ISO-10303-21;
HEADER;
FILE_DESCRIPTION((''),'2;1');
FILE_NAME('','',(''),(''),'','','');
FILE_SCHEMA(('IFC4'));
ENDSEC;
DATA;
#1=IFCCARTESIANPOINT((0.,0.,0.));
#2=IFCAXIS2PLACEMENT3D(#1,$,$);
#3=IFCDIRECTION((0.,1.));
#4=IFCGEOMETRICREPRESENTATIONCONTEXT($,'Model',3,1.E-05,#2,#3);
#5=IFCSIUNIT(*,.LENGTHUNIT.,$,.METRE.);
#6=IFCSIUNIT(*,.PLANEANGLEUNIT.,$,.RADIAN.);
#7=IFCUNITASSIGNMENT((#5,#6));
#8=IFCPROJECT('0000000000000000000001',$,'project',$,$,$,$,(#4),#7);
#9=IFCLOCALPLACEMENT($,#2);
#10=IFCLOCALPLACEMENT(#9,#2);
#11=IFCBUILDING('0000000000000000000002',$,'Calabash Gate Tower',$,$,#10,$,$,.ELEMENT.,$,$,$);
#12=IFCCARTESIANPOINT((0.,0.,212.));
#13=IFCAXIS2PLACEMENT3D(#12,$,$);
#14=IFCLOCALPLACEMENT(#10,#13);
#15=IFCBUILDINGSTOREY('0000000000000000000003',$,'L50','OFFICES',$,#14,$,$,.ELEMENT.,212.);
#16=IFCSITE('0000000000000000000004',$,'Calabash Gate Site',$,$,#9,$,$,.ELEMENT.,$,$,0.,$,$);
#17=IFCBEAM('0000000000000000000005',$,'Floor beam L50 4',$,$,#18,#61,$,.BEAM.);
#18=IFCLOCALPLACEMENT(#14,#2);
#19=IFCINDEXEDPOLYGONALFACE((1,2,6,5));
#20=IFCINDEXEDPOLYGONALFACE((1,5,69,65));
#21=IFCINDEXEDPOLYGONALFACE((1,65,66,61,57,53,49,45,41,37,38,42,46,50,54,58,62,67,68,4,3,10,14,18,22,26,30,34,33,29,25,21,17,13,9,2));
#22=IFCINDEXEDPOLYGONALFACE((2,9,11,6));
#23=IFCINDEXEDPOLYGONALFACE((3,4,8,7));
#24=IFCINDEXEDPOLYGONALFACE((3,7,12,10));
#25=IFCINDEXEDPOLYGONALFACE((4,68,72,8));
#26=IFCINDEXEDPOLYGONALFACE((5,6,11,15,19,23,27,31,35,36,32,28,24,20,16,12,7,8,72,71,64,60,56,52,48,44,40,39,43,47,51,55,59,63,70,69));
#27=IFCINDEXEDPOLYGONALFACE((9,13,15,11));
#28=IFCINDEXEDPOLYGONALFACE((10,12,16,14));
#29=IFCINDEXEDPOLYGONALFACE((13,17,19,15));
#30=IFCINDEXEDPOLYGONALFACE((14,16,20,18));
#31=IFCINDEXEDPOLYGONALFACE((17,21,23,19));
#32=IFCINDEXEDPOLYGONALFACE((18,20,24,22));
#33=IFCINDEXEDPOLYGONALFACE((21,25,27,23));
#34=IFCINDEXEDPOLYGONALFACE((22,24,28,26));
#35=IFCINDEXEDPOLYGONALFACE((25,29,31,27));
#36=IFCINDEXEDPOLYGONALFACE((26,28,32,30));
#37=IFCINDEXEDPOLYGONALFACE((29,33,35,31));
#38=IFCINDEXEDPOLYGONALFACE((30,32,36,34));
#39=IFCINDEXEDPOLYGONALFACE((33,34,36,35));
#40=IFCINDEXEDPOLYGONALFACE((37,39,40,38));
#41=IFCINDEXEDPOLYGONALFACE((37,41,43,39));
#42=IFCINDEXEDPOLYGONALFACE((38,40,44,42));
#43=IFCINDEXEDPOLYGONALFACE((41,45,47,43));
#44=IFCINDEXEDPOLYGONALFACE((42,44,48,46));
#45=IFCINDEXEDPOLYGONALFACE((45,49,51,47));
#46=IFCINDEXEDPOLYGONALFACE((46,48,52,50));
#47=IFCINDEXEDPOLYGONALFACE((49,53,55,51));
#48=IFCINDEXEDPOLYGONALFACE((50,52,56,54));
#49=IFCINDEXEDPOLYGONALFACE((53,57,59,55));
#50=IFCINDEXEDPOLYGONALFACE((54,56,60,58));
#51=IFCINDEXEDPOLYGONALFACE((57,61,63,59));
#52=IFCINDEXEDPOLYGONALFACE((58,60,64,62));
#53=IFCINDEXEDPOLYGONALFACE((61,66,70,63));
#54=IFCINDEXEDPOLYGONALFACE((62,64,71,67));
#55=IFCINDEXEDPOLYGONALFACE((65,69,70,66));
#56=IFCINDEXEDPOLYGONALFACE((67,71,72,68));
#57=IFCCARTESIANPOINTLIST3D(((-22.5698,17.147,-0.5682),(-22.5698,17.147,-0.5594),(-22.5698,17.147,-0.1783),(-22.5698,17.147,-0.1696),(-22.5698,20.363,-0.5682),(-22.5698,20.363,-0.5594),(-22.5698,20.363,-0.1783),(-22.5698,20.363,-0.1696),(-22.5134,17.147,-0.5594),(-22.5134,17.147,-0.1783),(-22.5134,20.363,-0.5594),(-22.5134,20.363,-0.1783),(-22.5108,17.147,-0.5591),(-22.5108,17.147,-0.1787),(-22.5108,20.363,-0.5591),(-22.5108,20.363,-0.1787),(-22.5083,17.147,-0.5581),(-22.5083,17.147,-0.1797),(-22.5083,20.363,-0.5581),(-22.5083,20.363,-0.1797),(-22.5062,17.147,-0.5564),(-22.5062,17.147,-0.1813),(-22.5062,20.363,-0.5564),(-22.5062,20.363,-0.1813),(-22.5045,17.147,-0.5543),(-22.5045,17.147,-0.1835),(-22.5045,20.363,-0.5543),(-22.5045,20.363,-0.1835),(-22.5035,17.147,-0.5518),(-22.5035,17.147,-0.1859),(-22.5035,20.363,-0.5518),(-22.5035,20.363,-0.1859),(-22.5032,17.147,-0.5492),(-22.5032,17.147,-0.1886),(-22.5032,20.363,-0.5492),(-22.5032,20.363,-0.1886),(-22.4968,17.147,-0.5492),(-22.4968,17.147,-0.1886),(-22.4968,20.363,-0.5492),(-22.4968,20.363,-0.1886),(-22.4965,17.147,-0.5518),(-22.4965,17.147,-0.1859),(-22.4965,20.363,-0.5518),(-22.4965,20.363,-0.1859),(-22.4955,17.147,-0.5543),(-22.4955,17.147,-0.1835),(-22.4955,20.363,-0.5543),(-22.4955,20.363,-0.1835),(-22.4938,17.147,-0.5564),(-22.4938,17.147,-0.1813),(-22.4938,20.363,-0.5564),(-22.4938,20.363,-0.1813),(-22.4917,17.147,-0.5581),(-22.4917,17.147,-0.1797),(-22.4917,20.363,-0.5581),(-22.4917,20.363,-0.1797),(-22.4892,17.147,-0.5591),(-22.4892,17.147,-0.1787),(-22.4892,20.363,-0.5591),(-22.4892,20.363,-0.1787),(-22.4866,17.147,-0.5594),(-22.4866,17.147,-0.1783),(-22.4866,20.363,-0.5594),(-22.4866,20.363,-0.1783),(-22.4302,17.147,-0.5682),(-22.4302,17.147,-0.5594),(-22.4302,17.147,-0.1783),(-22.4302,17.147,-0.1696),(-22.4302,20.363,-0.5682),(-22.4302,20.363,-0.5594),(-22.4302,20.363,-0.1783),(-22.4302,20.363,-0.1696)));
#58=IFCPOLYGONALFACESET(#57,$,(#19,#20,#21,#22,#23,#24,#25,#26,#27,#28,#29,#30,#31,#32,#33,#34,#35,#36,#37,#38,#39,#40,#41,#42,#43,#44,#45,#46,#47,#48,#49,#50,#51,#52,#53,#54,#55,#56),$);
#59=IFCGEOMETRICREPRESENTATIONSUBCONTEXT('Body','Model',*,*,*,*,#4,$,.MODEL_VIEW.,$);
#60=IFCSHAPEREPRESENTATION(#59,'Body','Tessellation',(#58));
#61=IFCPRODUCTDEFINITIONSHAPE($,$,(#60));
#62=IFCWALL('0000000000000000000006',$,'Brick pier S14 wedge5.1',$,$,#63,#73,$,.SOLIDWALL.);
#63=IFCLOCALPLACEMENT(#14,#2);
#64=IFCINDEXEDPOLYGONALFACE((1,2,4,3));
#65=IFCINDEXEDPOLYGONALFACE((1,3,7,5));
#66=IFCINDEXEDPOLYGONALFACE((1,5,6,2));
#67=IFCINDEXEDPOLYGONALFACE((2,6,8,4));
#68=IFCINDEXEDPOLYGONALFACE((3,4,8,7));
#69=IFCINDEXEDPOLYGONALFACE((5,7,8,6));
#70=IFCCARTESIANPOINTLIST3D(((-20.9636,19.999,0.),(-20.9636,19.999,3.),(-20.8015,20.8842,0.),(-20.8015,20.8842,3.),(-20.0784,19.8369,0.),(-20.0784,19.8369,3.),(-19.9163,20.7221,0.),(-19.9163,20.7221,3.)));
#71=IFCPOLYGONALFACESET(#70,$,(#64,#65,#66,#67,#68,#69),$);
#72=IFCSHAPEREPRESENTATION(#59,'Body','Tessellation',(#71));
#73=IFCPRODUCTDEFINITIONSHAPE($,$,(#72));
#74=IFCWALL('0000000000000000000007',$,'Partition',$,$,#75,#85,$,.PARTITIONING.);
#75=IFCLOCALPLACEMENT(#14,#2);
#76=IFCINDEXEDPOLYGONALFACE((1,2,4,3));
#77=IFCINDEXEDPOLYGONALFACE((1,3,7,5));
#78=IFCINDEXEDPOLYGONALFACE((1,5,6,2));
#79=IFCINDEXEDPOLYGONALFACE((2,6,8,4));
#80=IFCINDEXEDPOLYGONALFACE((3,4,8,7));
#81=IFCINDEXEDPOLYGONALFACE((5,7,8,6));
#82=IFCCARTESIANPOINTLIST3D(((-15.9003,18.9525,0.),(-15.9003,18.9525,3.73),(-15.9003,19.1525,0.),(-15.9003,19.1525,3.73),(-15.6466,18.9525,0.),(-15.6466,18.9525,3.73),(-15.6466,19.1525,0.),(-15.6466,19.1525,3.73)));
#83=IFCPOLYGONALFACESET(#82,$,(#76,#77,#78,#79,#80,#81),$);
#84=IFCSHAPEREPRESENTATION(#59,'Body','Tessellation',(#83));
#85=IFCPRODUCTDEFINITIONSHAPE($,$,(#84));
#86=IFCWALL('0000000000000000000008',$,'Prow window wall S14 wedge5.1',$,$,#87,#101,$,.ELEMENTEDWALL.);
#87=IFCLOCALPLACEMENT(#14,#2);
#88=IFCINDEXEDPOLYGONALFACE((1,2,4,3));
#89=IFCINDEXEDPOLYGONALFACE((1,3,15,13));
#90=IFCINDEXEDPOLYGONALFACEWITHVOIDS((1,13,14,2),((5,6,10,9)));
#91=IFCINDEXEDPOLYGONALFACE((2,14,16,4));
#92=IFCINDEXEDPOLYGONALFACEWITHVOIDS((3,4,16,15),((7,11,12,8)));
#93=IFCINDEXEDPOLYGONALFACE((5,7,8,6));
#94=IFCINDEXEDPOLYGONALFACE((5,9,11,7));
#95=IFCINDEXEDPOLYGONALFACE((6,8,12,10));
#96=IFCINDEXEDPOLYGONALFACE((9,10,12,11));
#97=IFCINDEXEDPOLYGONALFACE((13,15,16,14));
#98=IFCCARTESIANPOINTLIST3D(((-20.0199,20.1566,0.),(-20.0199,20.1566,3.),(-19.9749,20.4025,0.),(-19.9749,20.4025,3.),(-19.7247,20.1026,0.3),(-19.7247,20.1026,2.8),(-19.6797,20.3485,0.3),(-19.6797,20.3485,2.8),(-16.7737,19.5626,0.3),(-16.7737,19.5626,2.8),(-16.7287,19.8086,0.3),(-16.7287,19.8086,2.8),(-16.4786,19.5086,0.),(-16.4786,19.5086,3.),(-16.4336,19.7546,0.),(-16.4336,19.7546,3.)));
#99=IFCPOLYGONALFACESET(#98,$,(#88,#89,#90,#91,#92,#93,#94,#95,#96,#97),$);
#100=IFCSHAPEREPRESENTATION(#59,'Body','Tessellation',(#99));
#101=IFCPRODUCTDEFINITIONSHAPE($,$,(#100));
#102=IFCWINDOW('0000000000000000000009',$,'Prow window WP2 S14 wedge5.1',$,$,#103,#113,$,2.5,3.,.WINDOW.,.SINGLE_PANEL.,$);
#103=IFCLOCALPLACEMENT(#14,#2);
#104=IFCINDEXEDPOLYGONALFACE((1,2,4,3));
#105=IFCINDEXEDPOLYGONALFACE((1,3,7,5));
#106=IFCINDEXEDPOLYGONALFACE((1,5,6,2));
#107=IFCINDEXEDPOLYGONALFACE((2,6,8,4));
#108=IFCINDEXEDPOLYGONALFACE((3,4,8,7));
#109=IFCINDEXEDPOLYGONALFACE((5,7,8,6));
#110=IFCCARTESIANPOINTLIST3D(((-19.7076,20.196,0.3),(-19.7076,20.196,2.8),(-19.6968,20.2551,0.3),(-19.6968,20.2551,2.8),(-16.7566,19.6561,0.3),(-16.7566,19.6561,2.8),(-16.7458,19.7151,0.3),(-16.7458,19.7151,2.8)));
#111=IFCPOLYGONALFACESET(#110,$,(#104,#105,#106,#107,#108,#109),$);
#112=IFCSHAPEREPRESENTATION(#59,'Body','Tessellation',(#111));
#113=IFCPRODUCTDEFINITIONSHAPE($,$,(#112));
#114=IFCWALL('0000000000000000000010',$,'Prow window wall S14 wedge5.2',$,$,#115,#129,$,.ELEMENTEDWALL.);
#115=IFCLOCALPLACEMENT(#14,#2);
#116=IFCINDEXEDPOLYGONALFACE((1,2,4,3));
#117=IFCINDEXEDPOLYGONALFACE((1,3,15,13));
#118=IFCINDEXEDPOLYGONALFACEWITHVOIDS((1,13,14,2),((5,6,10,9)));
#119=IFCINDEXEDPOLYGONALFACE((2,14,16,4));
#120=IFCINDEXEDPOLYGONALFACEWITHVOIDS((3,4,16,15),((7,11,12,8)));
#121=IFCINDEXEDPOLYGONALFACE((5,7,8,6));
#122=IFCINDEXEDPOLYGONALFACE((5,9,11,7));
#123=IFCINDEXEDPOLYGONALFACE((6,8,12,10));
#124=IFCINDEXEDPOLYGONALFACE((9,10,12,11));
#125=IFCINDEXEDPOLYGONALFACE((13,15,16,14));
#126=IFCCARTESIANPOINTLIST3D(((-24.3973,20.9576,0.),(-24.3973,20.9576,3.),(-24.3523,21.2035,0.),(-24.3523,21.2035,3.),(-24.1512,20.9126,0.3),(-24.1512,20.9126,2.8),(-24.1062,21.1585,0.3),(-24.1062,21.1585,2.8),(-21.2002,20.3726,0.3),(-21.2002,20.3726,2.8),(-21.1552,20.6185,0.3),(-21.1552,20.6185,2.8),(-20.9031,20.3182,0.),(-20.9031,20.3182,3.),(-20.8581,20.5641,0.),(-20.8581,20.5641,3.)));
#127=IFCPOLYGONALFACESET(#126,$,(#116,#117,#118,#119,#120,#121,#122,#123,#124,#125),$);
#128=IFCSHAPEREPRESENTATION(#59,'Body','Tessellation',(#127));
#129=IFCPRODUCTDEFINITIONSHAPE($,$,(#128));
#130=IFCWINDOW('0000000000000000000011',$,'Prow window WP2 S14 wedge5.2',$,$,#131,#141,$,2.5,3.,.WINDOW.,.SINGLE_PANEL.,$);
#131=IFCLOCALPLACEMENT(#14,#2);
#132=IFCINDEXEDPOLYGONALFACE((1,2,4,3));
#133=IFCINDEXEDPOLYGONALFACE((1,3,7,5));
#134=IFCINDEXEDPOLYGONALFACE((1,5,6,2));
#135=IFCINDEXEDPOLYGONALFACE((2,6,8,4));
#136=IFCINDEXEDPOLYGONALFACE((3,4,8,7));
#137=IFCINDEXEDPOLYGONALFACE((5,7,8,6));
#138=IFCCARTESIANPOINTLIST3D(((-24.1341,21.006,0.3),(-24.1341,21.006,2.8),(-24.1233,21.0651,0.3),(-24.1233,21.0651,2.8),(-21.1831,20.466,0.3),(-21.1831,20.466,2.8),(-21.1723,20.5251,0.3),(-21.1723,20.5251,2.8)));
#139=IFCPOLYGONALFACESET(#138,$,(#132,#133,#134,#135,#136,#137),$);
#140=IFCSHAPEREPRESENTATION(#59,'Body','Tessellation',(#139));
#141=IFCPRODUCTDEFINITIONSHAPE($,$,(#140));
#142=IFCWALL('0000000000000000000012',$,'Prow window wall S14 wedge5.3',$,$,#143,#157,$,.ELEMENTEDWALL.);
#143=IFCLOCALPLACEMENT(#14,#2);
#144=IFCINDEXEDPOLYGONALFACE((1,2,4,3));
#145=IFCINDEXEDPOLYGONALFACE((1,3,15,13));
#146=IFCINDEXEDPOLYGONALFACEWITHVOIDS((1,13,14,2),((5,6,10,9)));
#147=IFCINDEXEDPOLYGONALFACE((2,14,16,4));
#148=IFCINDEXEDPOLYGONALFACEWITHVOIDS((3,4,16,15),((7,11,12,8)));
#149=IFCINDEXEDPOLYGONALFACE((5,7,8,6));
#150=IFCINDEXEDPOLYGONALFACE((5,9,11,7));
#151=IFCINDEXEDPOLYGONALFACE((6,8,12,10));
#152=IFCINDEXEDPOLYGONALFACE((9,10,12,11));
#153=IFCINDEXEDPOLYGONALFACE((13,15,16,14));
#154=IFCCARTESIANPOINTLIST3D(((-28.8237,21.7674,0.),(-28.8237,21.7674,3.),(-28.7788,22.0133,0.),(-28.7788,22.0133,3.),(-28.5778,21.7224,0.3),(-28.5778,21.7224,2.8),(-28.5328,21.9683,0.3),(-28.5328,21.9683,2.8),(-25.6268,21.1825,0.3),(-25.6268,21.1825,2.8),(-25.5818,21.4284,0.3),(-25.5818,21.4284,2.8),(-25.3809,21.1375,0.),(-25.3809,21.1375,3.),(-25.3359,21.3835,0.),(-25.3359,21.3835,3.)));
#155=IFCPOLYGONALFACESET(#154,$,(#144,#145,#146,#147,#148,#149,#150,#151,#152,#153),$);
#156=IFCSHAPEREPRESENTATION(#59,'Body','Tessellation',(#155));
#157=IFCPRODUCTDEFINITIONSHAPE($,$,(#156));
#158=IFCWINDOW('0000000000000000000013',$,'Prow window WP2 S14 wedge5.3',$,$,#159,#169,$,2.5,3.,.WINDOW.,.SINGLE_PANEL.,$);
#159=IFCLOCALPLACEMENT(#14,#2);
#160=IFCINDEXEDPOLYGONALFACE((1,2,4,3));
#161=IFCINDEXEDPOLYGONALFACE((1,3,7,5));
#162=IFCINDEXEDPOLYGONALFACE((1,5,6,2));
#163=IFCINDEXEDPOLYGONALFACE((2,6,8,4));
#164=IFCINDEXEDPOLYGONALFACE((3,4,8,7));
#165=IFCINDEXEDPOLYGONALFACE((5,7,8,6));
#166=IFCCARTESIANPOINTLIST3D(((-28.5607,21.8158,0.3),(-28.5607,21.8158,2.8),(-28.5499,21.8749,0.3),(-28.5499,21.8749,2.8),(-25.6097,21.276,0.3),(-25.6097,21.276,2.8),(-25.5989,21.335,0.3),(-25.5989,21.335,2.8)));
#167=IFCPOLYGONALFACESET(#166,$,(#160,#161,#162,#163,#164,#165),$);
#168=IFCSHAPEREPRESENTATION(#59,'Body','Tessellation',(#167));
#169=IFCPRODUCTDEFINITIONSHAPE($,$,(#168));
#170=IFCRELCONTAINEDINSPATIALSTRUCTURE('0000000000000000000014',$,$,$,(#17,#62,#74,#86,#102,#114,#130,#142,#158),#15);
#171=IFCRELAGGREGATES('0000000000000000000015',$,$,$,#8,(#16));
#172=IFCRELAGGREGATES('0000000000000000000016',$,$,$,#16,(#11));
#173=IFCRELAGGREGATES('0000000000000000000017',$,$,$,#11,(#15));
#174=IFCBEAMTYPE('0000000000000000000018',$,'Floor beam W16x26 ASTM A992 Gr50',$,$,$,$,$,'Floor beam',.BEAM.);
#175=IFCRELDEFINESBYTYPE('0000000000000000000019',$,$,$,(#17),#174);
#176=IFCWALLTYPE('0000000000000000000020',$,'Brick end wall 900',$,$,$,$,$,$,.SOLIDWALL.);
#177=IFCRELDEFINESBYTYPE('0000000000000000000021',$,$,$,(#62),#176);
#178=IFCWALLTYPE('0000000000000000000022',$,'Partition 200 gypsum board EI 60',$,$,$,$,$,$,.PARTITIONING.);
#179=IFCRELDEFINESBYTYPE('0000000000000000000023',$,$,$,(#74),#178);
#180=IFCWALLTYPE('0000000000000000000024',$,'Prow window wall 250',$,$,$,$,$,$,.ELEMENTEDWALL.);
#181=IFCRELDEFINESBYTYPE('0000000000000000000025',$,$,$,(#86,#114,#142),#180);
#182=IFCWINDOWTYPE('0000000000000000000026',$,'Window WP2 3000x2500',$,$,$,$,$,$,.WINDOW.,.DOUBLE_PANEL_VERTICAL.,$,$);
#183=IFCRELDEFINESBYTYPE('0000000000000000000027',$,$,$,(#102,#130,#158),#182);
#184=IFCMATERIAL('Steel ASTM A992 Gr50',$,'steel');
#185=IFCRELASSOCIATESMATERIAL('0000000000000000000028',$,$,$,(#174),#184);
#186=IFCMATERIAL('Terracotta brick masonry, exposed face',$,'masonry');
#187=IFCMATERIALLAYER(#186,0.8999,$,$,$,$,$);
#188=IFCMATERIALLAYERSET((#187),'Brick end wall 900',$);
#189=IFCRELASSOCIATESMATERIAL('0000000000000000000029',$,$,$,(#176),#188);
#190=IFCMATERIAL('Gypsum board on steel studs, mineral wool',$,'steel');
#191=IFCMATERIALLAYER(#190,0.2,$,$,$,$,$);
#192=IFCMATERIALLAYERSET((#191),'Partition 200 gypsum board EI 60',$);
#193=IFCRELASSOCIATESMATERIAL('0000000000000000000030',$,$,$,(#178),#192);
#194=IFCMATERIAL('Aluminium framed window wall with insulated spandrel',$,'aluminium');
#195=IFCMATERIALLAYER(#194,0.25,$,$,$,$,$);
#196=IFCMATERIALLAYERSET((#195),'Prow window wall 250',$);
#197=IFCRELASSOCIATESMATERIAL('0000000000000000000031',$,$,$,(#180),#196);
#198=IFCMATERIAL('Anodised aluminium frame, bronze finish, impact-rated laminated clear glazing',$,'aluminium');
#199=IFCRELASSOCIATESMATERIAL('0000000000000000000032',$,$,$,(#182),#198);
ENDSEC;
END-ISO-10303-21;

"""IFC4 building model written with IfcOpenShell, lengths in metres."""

from ifc_helpers import new_model, si_unit, direction, frame, frame_2d, origin, origin_2d, place, context, subcontext, project, spatial, rectangle, i_section, extrude, material, layer, layer_set, material_profile, profile_set, type_object, element, fill, save


model = new_model("IFC4")

# Units and contexts
model_context = context("Model", 3, precision=1e-05, world=origin(), true_north=direction((0.0, 1.0)))
body_context = subcontext(model_context, "Body", "Model", "MODEL_VIEW")
ifc_project = project(units=[si_unit("LENGTHUNIT", "METRE"), si_unit("PLANEANGLEUNIT", "RADIAN")], contexts=[model_context])

# Site, building, storey
site_placement = place(None, origin())
site = spatial("IfcSite", under=ifc_project, at=site_placement, Name="Calabash Gate Site", CompositionType="ELEMENT", RefElevation=0.0)
building_placement = place(site_placement, origin())
building = spatial("IfcBuilding", under=site, at=building_placement, Name="Calabash Gate Tower", CompositionType="ELEMENT")
storey_placement = place(building_placement, frame((0.0, 0.0, 212.0)))
storey = spatial("IfcBuildingStorey", under=building, at=storey_placement, Name="L50", Description="OFFICES", CompositionType="ELEMENT", Elevation=212.0)

# Beam
ifc_material_1 = material(Name="Steel ASTM A992 Gr50", Category="steel")
ifc_material_profile_1 = material_profile(ifc_material_1, i_section(OverallWidth=0.1396, OverallDepth=0.3987, WebThickness=0.0063, FlangeThickness=0.0088, FilletRadius=0.0103, at=origin_2d()))
ifc_profile_set_1 = profile_set([ifc_material_profile_1], Name="Steel ASTM A992 Gr50")
beam_type_1 = type_object("IfcBeamType", Name="Floor beam W16x26 ASTM A992 Gr50", ElementType="Floor beam", PredefinedType="BEAM", material=ifc_profile_set_1)
beam_1_placement = place(storey_placement, frame((-22.5, 17.147, -0.3689), z_axis=(0.0, 1.0, 0.0), x_axis=(-1.0, 0.0, 0.0)))
element("IfcBeam", 1, at=beam_1_placement, inside=storey, type_object=beam_type_1, Name="Floor beam L50 4", PredefinedType="BEAM", context=body_context, shape_type="SweptSolid", body=[
    extrude(i_section(OverallWidth=0.1396, OverallDepth=0.3987, WebThickness=0.0063, FlangeThickness=0.0088, FilletRadius=0.0103, at=origin_2d()), origin(), (0.0, 0.0, 1.0), 3.2161),
])

# Walls
ifc_material_2 = material(Name="Terracotta brick masonry, exposed face", Category="masonry")
ifc_layer_1 = layer(ifc_material_2, 0.8999)
ifc_layer_set_1 = layer_set([ifc_layer_1], Name="Brick end wall 900")
wall_type_1 = type_object("IfcWallType", Name="Brick end wall 900", PredefinedType="SOLIDWALL", material=ifc_layer_set_1)
wall_1_placement = place(storey_placement, frame((-20.521, 19.918, 0.0), z_axis=(0.0, 0.0, 1.0), x_axis=(0.180127, 0.983643, 0.0)))
element("IfcWall", 2, at=wall_1_placement, inside=storey, type_object=wall_type_1, Name="Brick pier S14 wedge5.1", PredefinedType="SOLIDWALL", context=body_context, shape_type="SweptSolid", body=[
    extrude(rectangle(XDim=0.8999, YDim=0.8999, at=frame_2d((0.45, 0.0))), origin(), (0.0, 0.0, 1.0), 3.0),
])
ifc_material_3 = material(Name="Gypsum board on steel studs, mineral wool", Category="steel")
ifc_layer_2 = layer(ifc_material_3, 0.2)
ifc_layer_set_2 = layer_set([ifc_layer_2], Name="Partition 200 gypsum board EI 60")
wall_type_2 = type_object("IfcWallType", Name="Partition 200 gypsum board EI 60", PredefinedType="PARTITIONING", material=ifc_layer_set_2)
wall_2_placement = place(storey_placement, frame((-15.9004, 19.0525, 0.0), z_axis=(0.0, 0.0, 1.0), x_axis=(1.0, 0.0, 0.0)))
element("IfcWall", 3, at=wall_2_placement, inside=storey, type_object=wall_type_2, Name="Partition", PredefinedType="PARTITIONING", context=body_context, shape_type="SweptSolid", body=[
    extrude(rectangle(XDim=0.2537, YDim=0.2, at=frame_2d((0.127, 0.0))), origin(), (0.0, 0.0, 1.0), 3.73),
])

# Walls, openings, windows
ifc_material_4 = material(Name="Aluminium framed window wall with insulated spandrel", Category="aluminium")
ifc_layer_3 = layer(ifc_material_4, 0.25)
ifc_layer_set_3 = layer_set([ifc_layer_3], Name="Prow window wall 250")
wall_type_3 = type_object("IfcWallType", Name="Prow window wall 250", PredefinedType="ELEMENTEDWALL", material=ifc_layer_set_3)
wall_3_placement = place(storey_placement, frame((-16.4561, 19.6316, 0.0), z_axis=(0.0, 0.0, 1.0), x_axis=(-0.98367, 0.179983, 0.0)))
wall_3 = element("IfcWall", 4, at=wall_3_placement, inside=storey, type_object=wall_type_3, Name="Prow window wall S14 wedge5.1", PredefinedType="ELEMENTEDWALL", context=body_context, shape_type="SweptSolid", body=[
    extrude(rectangle(XDim=3.6001, YDim=0.25, at=frame_2d((1.8, 0.0))), origin(), (0.0, 0.0, 1.0), 3.0),
])
opening_1_placement = place(wall_3_placement, frame((0.3, 0.0, 0.3)))
opening_1 = element("IfcOpeningElement", 5, at=opening_1_placement, cuts=wall_3, PredefinedType="OPENING", context=body_context, shape_type="SweptSolid", body=[
    extrude(rectangle(XDim=3.0, YDim=2.5, at=frame_2d((1.5, 1.25))), frame((0.0, 0.135, 0.0), z_axis=(0.0, -1.0, 0.0), x_axis=(1.0, 0.0, 0.0)), (0.0, 0.0, 1.0), 0.27),
])
ifc_material_5 = material(Name="Anodised aluminium frame, bronze finish, impact-rated laminated clear glazing", Category="aluminium")
window_type = type_object("IfcWindowType", Name="Window WP2 3000x2500", PartitioningType="DOUBLE_PANEL_VERTICAL", PredefinedType="WINDOW", material=ifc_material_5)
window_1_placement = place(opening_1_placement, origin())
window_1 = element("IfcWindow", 6, at=window_1_placement, inside=storey, type_object=window_type, Name="Prow window WP2 S14 wedge5.1", OverallHeight=2.5, OverallWidth=3.0, PartitioningType="SINGLE_PANEL", PredefinedType="WINDOW", context=body_context, shape_type="SweptSolid", body=[
    extrude(rectangle(XDim=3.0, YDim=2.5, at=frame_2d((1.5, 1.25))), frame((0.0, 0.03, 0.0), z_axis=(0.0, -1.0, 0.0), x_axis=(1.0, 0.0, 0.0)), (0.0, 0.0, 1.0), 0.0601),
])
fill(opening_1, window_1)
wall_4_placement = place(storey_placement, frame((-20.8806, 20.4412, 0.0), z_axis=(0.0, 0.0, 1.0), x_axis=(-0.983666, 0.180004, 0.0)))
wall_4 = element("IfcWall", 7, at=wall_4_placement, inside=storey, type_object=wall_type_3, Name="Prow window wall S14 wedge5.2", PredefinedType="ELEMENTEDWALL", context=body_context, shape_type="SweptSolid", body=[
    extrude(rectangle(XDim=3.5522, YDim=0.25, at=frame_2d((1.7761, 0.0))), origin(), (0.0, 0.0, 1.0), 3.0),
])
opening_2_placement = place(wall_4_placement, frame((0.302, 0.0, 0.3)))
opening_2 = element("IfcOpeningElement", 8, at=opening_2_placement, cuts=wall_4, PredefinedType="OPENING", context=body_context, shape_type="SweptSolid", body=[
    extrude(rectangle(XDim=3.0, YDim=2.5, at=frame_2d((1.5, 1.25))), frame((0.0, 0.135, 0.0), z_axis=(0.0, -1.0, 0.0), x_axis=(1.0, 0.0, 0.0)), (0.0, 0.0, 1.0), 0.27),
])
window_2_placement = place(opening_2_placement, origin())
window_2 = element("IfcWindow", 9, at=window_2_placement, inside=storey, type_object=window_type, Name="Prow window WP2 S14 wedge5.2", OverallHeight=2.5, OverallWidth=3.0, PartitioningType="SINGLE_PANEL", PredefinedType="WINDOW", context=body_context, shape_type="SweptSolid", body=[
    extrude(rectangle(XDim=3.0, YDim=2.5, at=frame_2d((1.5, 1.25))), frame((0.0, 0.03, 0.0), z_axis=(0.0, -1.0, 0.0), x_axis=(1.0, 0.0, 0.0)), (0.0, 0.0, 1.0), 0.0601),
])
fill(opening_2, window_2)
wall_5_placement = place(storey_placement, frame((-25.3584, 21.2605, 0.0), z_axis=(0.0, 0.0, 1.0), x_axis=(-0.983673, 0.179966, 0.0)))
wall_5 = element("IfcWall", 10, at=wall_5_placement, inside=storey, type_object=wall_type_3, Name="Prow window wall S14 wedge5.3", PredefinedType="ELEMENTEDWALL", context=body_context, shape_type="SweptSolid", body=[
    extrude(rectangle(XDim=3.5, YDim=0.25, at=frame_2d((1.75, 0.0))), origin(), (0.0, 0.0, 1.0), 3.0),
])
opening_3_placement = place(wall_5_placement, frame((0.25, 0.0, 0.3)))
opening_3 = element("IfcOpeningElement", 11, at=opening_3_placement, cuts=wall_5, PredefinedType="OPENING", context=body_context, shape_type="SweptSolid", body=[
    extrude(rectangle(XDim=3.0, YDim=2.5, at=frame_2d((1.5, 1.25))), frame((0.0, 0.135, 0.0), z_axis=(0.0, -1.0, 0.0), x_axis=(1.0, 0.0, 0.0)), (0.0, 0.0, 1.0), 0.27),
])
window_3_placement = place(opening_3_placement, origin())
window_3 = element("IfcWindow", 12, at=window_3_placement, inside=storey, type_object=window_type, Name="Prow window WP2 S14 wedge5.3", OverallHeight=2.5, OverallWidth=3.0, PartitioningType="SINGLE_PANEL", PredefinedType="WINDOW", context=body_context, shape_type="SweptSolid", body=[
    extrude(rectangle(XDim=3.0, YDim=2.5, at=frame_2d((1.5, 1.25))), frame((0.0, 0.03, 0.0), z_axis=(0.0, -1.0, 0.0), x_axis=(1.0, 0.0, 0.0)), (0.0, 0.0, 1.0), 0.0601),
])
fill(opening_3, window_3)

save(model, "model.ifc")
